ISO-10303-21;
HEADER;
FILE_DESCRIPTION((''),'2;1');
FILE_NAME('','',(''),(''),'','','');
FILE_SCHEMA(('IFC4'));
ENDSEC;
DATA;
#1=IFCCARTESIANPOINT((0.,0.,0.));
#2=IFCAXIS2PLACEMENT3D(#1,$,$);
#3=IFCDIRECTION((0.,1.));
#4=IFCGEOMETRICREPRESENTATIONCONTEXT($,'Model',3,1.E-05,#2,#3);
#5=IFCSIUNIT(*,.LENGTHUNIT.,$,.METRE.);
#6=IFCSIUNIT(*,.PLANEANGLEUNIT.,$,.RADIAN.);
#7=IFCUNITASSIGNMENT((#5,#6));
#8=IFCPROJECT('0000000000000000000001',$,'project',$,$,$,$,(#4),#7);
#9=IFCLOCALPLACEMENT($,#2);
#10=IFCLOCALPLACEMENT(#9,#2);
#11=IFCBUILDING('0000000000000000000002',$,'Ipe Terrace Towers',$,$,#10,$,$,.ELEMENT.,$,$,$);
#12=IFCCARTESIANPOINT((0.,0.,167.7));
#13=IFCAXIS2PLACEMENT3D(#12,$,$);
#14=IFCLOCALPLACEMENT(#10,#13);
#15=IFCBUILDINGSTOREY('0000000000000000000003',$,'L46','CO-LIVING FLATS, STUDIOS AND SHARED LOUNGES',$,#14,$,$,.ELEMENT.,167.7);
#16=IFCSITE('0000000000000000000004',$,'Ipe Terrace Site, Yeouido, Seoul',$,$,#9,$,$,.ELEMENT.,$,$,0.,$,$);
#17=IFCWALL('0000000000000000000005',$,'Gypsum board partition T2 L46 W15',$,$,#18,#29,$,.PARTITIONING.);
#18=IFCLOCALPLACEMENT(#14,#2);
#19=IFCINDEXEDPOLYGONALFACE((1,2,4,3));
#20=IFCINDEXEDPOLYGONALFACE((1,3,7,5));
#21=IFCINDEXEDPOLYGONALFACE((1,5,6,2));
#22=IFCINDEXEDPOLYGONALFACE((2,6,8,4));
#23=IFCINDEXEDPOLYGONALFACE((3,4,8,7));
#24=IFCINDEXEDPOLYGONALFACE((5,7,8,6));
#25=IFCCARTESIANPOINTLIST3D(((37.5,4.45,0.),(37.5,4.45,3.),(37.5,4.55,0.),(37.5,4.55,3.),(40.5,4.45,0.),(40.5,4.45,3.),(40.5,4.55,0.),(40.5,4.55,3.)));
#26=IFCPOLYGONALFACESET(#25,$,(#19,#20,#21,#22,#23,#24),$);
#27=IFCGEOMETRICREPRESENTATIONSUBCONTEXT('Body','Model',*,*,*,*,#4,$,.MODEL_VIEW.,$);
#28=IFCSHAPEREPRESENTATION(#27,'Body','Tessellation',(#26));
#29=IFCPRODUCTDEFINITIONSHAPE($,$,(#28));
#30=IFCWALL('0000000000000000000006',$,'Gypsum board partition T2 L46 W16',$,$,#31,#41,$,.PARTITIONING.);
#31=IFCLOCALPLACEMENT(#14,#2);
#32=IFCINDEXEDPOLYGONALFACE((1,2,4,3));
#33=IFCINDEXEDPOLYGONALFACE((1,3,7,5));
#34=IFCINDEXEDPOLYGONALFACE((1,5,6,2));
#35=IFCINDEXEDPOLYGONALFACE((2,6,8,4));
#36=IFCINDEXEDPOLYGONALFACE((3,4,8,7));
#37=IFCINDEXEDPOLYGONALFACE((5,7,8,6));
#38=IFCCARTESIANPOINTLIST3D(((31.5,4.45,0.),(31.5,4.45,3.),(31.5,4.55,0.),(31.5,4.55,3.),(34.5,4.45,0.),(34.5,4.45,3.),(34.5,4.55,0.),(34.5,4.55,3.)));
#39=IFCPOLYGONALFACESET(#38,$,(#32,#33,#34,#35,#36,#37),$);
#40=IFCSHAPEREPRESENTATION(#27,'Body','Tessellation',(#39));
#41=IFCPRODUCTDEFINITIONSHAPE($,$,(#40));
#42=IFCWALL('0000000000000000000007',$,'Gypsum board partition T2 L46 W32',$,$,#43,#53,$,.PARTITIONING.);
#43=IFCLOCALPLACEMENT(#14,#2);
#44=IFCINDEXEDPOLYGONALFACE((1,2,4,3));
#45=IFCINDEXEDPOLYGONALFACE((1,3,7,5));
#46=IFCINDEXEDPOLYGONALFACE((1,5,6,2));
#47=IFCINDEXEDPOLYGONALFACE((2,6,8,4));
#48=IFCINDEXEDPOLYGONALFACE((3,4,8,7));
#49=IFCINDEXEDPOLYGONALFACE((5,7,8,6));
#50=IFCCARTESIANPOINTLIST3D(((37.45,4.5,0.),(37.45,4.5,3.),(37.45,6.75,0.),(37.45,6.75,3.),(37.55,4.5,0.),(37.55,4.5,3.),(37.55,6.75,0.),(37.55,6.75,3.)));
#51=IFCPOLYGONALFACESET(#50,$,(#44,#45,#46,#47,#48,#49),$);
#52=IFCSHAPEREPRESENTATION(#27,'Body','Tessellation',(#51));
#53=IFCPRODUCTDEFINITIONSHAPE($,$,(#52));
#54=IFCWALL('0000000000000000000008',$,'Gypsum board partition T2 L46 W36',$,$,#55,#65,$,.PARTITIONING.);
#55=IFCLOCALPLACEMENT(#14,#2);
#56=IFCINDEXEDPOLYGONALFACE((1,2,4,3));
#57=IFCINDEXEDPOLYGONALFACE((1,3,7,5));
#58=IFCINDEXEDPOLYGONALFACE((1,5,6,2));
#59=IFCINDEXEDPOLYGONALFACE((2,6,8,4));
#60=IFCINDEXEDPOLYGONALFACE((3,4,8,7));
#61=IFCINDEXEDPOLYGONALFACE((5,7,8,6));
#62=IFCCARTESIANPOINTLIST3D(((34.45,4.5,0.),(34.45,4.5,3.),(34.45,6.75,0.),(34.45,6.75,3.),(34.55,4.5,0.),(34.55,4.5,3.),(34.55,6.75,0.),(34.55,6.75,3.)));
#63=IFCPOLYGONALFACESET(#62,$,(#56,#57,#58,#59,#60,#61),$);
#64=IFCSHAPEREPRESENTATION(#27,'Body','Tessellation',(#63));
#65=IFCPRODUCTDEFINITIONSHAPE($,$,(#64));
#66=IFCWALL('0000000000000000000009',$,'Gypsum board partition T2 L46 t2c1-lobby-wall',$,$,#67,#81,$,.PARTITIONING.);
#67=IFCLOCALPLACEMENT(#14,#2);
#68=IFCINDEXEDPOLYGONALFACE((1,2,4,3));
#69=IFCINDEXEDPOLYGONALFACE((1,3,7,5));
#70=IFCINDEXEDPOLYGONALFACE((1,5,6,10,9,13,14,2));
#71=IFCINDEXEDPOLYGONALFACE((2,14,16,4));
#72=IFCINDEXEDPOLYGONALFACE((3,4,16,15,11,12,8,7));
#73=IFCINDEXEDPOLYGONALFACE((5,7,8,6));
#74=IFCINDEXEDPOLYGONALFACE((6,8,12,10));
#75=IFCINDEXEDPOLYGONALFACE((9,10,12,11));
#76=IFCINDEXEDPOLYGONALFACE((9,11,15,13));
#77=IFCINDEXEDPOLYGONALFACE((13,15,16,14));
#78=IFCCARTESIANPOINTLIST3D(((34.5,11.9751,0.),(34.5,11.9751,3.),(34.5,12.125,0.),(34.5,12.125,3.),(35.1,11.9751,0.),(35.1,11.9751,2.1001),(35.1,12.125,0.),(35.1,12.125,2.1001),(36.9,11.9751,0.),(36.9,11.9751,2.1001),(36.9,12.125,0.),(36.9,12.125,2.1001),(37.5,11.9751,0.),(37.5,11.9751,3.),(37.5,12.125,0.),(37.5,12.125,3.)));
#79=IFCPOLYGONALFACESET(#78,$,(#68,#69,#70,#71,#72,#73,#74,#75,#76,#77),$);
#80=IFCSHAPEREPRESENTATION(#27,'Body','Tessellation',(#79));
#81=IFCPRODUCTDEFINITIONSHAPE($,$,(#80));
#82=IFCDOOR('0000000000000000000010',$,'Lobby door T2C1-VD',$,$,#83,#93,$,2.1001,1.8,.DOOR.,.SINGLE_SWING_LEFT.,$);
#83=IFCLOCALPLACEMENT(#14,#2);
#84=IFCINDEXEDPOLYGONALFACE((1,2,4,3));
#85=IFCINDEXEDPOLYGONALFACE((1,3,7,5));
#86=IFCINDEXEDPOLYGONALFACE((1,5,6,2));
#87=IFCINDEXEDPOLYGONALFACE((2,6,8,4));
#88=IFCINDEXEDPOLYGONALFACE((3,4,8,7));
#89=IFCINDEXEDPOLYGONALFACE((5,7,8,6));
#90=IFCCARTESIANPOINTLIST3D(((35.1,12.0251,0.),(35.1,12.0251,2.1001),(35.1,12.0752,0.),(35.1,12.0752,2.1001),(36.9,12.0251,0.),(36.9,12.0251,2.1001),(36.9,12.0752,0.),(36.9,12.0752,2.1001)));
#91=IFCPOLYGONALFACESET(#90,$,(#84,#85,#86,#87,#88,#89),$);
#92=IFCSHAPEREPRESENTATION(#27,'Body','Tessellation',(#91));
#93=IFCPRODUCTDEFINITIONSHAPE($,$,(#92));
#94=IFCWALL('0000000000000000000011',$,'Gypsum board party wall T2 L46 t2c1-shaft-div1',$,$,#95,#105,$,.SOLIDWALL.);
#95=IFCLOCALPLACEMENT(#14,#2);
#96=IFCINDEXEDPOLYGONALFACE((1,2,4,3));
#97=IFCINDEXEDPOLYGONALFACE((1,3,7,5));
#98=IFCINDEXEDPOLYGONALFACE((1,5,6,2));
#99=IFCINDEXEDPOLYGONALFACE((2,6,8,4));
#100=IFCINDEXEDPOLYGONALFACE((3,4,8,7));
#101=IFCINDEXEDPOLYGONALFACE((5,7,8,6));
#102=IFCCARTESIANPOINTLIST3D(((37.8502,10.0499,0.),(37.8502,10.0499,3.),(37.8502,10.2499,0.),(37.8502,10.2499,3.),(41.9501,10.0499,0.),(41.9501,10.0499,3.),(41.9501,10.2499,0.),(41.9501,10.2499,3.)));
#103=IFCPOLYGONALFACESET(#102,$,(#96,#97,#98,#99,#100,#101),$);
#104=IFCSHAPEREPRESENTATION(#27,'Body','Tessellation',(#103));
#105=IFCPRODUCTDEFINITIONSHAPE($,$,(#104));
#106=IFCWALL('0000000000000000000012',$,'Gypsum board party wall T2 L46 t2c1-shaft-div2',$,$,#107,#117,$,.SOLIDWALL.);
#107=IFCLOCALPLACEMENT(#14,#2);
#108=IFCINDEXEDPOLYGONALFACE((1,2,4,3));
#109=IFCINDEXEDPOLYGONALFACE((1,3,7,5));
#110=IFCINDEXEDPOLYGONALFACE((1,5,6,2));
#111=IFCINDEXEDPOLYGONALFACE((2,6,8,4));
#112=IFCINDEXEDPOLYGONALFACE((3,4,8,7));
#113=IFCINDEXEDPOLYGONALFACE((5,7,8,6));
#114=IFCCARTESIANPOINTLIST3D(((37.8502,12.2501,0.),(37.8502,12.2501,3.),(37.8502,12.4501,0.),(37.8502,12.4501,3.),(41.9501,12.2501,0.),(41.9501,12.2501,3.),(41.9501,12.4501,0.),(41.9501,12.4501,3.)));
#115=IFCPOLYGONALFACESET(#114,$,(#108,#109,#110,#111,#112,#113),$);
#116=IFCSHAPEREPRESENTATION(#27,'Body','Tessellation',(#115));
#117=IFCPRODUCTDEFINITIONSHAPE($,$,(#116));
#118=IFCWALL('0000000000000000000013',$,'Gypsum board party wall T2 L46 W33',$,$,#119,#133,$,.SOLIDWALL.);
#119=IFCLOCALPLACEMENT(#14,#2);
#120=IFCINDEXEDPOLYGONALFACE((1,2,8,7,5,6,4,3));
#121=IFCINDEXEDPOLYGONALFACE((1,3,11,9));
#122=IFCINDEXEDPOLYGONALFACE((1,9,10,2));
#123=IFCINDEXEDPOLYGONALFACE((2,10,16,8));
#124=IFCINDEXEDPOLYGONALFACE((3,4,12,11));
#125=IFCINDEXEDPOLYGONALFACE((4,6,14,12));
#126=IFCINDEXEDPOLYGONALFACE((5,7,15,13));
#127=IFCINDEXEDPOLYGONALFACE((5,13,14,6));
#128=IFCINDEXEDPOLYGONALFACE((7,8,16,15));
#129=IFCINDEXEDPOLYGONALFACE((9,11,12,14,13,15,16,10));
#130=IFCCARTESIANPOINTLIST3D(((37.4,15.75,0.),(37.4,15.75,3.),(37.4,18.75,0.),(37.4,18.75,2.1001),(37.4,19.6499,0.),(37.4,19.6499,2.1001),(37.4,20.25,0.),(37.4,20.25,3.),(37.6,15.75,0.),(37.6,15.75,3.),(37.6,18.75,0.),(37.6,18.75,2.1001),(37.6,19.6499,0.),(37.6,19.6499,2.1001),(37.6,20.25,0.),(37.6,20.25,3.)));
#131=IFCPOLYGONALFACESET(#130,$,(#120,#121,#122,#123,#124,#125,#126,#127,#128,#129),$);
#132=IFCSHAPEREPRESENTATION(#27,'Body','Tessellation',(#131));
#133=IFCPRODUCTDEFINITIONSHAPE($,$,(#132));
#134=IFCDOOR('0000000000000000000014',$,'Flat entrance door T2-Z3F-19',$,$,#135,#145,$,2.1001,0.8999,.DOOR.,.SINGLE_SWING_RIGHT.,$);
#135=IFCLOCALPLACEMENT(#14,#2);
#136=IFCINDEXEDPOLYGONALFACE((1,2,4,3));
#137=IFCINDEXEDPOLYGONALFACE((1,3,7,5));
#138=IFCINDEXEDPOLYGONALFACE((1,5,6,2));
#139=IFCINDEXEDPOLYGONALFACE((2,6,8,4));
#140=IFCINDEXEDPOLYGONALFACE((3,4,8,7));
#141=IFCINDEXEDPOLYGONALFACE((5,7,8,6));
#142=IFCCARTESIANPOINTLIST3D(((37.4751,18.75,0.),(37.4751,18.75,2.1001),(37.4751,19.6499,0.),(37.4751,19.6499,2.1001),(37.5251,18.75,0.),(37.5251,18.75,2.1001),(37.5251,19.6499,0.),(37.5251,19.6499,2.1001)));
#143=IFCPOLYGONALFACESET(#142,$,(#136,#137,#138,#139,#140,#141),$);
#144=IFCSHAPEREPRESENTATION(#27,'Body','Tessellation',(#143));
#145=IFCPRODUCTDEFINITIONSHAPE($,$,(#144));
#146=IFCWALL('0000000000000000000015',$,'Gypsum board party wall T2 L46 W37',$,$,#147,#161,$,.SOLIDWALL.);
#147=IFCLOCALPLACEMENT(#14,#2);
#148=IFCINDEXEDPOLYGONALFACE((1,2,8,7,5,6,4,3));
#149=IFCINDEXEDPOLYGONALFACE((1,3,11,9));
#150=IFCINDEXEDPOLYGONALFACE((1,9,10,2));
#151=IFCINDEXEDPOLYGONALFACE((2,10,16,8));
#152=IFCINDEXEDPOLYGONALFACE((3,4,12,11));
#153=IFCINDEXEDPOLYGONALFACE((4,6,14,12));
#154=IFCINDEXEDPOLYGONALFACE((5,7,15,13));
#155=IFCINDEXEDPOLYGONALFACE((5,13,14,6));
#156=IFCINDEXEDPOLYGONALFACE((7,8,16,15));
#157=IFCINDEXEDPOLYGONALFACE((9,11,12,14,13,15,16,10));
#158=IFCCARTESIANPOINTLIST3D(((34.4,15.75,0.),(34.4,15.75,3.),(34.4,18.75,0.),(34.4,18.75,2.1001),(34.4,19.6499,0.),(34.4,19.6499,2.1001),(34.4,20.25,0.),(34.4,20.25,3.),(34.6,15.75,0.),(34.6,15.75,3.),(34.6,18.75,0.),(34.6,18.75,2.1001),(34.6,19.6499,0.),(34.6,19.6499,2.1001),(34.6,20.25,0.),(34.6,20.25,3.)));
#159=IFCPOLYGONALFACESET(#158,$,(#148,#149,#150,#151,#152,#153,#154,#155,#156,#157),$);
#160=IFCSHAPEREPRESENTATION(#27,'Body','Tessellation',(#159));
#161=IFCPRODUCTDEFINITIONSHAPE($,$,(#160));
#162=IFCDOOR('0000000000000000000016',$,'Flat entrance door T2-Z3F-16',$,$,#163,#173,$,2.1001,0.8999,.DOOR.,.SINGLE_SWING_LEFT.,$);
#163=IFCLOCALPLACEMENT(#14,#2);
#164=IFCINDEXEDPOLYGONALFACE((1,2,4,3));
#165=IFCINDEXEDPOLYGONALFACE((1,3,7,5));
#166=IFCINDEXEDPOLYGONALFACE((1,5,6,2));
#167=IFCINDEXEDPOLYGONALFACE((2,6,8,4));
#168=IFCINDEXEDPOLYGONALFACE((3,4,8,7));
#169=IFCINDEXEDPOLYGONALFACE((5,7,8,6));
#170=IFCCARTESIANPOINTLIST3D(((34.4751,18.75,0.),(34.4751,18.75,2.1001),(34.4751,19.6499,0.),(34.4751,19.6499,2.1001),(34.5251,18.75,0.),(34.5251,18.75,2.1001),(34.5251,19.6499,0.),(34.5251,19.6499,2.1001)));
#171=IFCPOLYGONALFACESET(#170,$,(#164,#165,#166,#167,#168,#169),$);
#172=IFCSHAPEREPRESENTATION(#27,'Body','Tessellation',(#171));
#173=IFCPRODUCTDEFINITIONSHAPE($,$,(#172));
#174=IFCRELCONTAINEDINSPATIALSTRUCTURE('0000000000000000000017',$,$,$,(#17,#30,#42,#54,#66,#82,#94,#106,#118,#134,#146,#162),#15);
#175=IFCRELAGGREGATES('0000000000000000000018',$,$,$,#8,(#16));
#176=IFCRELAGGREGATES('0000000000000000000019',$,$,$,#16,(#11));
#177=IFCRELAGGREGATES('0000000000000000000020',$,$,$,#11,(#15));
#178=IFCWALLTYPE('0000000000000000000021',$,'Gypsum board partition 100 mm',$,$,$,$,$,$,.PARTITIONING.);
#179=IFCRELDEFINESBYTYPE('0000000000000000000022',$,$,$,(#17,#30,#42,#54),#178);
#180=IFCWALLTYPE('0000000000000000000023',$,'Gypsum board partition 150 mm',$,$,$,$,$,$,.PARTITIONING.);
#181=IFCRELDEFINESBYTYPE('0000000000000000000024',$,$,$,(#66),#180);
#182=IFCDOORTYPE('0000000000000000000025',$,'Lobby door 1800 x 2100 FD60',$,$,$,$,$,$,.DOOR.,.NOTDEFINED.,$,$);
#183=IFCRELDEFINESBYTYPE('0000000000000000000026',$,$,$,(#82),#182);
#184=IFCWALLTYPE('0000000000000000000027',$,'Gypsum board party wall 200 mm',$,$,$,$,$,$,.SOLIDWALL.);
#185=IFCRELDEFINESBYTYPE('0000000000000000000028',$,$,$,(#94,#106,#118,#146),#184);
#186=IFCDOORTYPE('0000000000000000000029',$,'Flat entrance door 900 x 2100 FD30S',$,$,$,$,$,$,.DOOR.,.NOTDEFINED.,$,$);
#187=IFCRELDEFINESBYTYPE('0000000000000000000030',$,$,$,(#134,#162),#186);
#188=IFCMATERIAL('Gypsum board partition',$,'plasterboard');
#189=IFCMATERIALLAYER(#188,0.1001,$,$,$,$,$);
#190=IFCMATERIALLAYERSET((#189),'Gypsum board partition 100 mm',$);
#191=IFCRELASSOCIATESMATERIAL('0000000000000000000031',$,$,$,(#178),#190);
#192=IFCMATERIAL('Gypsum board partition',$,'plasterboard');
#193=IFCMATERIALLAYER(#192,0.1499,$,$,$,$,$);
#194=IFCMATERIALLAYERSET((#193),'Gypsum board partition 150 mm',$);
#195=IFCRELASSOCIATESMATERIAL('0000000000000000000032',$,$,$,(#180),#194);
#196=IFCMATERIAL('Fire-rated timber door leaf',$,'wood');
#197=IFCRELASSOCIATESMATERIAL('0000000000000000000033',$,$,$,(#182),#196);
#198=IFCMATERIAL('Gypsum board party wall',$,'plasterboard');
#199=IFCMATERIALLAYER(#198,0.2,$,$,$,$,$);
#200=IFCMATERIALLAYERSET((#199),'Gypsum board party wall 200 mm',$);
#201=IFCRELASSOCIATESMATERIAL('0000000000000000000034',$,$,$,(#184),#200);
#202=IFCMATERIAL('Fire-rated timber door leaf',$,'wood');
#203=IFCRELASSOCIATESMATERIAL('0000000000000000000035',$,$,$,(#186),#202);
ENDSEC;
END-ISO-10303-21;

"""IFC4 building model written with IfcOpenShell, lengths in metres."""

from ifc_helpers import new_model, si_unit, direction, frame, frame_2d, origin, place, context, subcontext, project, spatial, rectangle, extrude, material, layer, layer_set, type_object, element, fill, save


model = new_model("IFC4")

# Units and contexts
model_context = context("Model", 3, precision=1e-05, world=origin(), true_north=direction((0.0, 1.0)))
body_context = subcontext(model_context, "Body", "Model", "MODEL_VIEW")
ifc_project = project(units=[si_unit("LENGTHUNIT", "METRE"), si_unit("PLANEANGLEUNIT", "RADIAN")], contexts=[model_context])

# Site, building, storey
site_placement = place(None, origin())
site = spatial("IfcSite", under=ifc_project, at=site_placement, Name="Ipe Terrace Site, Yeouido, Seoul", CompositionType="ELEMENT", RefElevation=0.0)
building_placement = place(site_placement, origin())
building = spatial("IfcBuilding", under=site, at=building_placement, Name="Ipe Terrace Towers", CompositionType="ELEMENT")
storey_placement = place(building_placement, frame((0.0, 0.0, 167.7)))
storey = spatial("IfcBuildingStorey", under=building, at=storey_placement, Name="L46", Description="CO-LIVING FLATS, STUDIOS AND SHARED LOUNGES", CompositionType="ELEMENT", Elevation=167.7)

# Walls
ifc_material_1 = material(Name="Gypsum board partition", Category="plasterboard")
ifc_layer_1 = layer(ifc_material_1, 0.1001)
ifc_layer_set_1 = layer_set([ifc_layer_1], Name="Gypsum board partition 100 mm")
wall_type_1 = type_object("IfcWallType", Name="Gypsum board partition 100 mm", PredefinedType="PARTITIONING", material=ifc_layer_set_1)
for number, where, z_axis, x_axis, name in (
    (1, (40.5, 4.5, 0.0), (0.0, 0.0, 1.0), (-1.0, 0.0, 0.0), "Gypsum board partition T2 L46 W15"),
    (2, (34.5, 4.5, 0.0), (0.0, 0.0, 1.0), (-1.0, 0.0, 0.0), "Gypsum board partition T2 L46 W16"),
):
    element("IfcWall", number, at=place(storey_placement, frame(where, z_axis=z_axis, x_axis=x_axis)), inside=storey, type_object=wall_type_1, Name=name, PredefinedType="PARTITIONING", context=body_context, shape_type="SweptSolid", body=[
        extrude(rectangle(XDim=3.0, YDim=0.1001, at=frame_2d((1.5, 0.0))), origin(), (0.0, 0.0, 1.0), 3.0),
    ])
for number, where, z_axis, x_axis, name in (
    (3, (37.5, 4.5, 0.0), (0.0, 0.0, 1.0), (0.0, 1.0, 0.0), "Gypsum board partition T2 L46 W32"),
    (4, (34.5, 4.5, 0.0), (0.0, 0.0, 1.0), (0.0, 1.0, 0.0), "Gypsum board partition T2 L46 W36"),
):
    element("IfcWall", number, at=place(storey_placement, frame(where, z_axis=z_axis, x_axis=x_axis)), inside=storey, type_object=wall_type_1, Name=name, PredefinedType="PARTITIONING", context=body_context, shape_type="SweptSolid", body=[
        extrude(rectangle(XDim=2.25, YDim=0.1001, at=frame_2d((1.125, 0.0))), origin(), (0.0, 0.0, 1.0), 3.0),
    ])

# Wall, opening, door
ifc_material_2 = material(Name="Gypsum board partition", Category="plasterboard")
ifc_layer_2 = layer(ifc_material_2, 0.1499)
ifc_layer_set_2 = layer_set([ifc_layer_2], Name="Gypsum board partition 150 mm")
wall_type_2 = type_object("IfcWallType", Name="Gypsum board partition 150 mm", PredefinedType="PARTITIONING", material=ifc_layer_set_2)
wall_1_placement = place(storey_placement, frame((37.5, 12.05, 0.0), z_axis=(0.0, 0.0, 1.0), x_axis=(-1.0, 0.0, 0.0)))
wall_1 = element("IfcWall", 5, at=wall_1_placement, inside=storey, type_object=wall_type_2, Name="Gypsum board partition T2 L46 t2c1-lobby-wall", PredefinedType="PARTITIONING", context=body_context, shape_type="SweptSolid", body=[
    extrude(rectangle(XDim=3.0, YDim=0.1499, at=frame_2d((1.5, 0.0))), origin(), (0.0, 0.0, 1.0), 3.0),
])
opening_1_placement = place(wall_1_placement, frame((0.6001, 0.0, 0.0)))
opening_1 = element("IfcOpeningElement", 6, at=opening_1_placement, cuts=wall_1, PredefinedType="OPENING", context=body_context, shape_type="SweptSolid", body=[
    extrude(rectangle(XDim=1.8, YDim=2.1001, at=frame_2d((0.8999, 1.05))), frame((0.0, 0.085, 0.0), z_axis=(0.0, -1.0, 0.0), x_axis=(1.0, 0.0, 0.0)), (0.0, 0.0, 1.0), 0.1699),
])
ifc_material_3 = material(Name="Fire-rated timber door leaf", Category="wood")
door_type_1 = type_object("IfcDoorType", Name="Lobby door 1800 x 2100 FD60", OperationType="NOTDEFINED", PredefinedType="DOOR", material=ifc_material_3)
door_1_placement = place(opening_1_placement, origin())
door_1 = element("IfcDoor", 7, at=door_1_placement, inside=storey, type_object=door_type_1, Name="Lobby door T2C1-VD", OperationType="SINGLE_SWING_LEFT", OverallHeight=2.1001, OverallWidth=1.8, PredefinedType="DOOR", context=body_context, shape_type="SweptSolid", body=[
    extrude(rectangle(XDim=1.8, YDim=2.1001, at=frame_2d((0.8999, 1.05))), frame((0.0, 0.0249, 0.0), z_axis=(0.0, -1.0, 0.0), x_axis=(1.0, 0.0, 0.0)), (0.0, 0.0, 1.0), 0.05),
])
fill(opening_1, door_1)

# Walls
ifc_material_4 = material(Name="Gypsum board party wall", Category="plasterboard")
ifc_layer_3 = layer(ifc_material_4, 0.2)
ifc_layer_set_3 = layer_set([ifc_layer_3], Name="Gypsum board party wall 200 mm")
wall_type_3 = type_object("IfcWallType", Name="Gypsum board party wall 200 mm", PredefinedType="SOLIDWALL", material=ifc_layer_set_3)
for number, where, z_axis, x_axis, name in (
    (8, (41.95, 10.1499, 0.0), (0.0, 0.0, 1.0), (-1.0, 0.0, 0.0), "Gypsum board party wall T2 L46 t2c1-shaft-div1"),
    (9, (41.95, 12.3501, 0.0), (0.0, 0.0, 1.0), (-1.0, 0.0, 0.0), "Gypsum board party wall T2 L46 t2c1-shaft-div2"),
):
    element("IfcWall", number, at=place(storey_placement, frame(where, z_axis=z_axis, x_axis=x_axis)), inside=storey, type_object=wall_type_3, Name=name, PredefinedType="SOLIDWALL", context=body_context, shape_type="SweptSolid", body=[
        extrude(rectangle(XDim=4.0999, YDim=0.2, at=frame_2d((2.0498, 0.0))), origin(), (0.0, 0.0, 1.0), 3.0),
    ])

# Walls, openings, doors
wall_2_placement = place(storey_placement, frame((37.5, 15.75, 0.0), z_axis=(0.0, 0.0, 1.0), x_axis=(0.0, 1.0, 0.0)))
wall_2 = element("IfcWall", 10, at=wall_2_placement, inside=storey, type_object=wall_type_3, Name="Gypsum board party wall T2 L46 W33", PredefinedType="SOLIDWALL", context=body_context, shape_type="SweptSolid", body=[
    extrude(rectangle(XDim=4.5, YDim=0.2, at=frame_2d((2.25, 0.0))), origin(), (0.0, 0.0, 1.0), 3.0),
])
opening_2_placement = place(wall_2_placement, frame((3.0, 0.0, 0.0)))
opening_2 = element("IfcOpeningElement", 11, at=opening_2_placement, cuts=wall_2, PredefinedType="OPENING", context=body_context, shape_type="SweptSolid", body=[
    extrude(rectangle(XDim=0.8999, YDim=2.1001, at=frame_2d((0.45, 1.05))), frame((0.0, 0.1099, 0.0), z_axis=(0.0, -1.0, 0.0), x_axis=(1.0, 0.0, 0.0)), (0.0, 0.0, 1.0), 0.22),
])
ifc_material_5 = material(Name="Fire-rated timber door leaf", Category="wood")
door_type_2 = type_object("IfcDoorType", Name="Flat entrance door 900 x 2100 FD30S", OperationType="NOTDEFINED", PredefinedType="DOOR", material=ifc_material_5)
door_2_placement = place(opening_2_placement, origin())
door_2 = element("IfcDoor", 12, at=door_2_placement, inside=storey, type_object=door_type_2, Name="Flat entrance door T2-Z3F-19", OperationType="SINGLE_SWING_RIGHT", OverallHeight=2.1001, OverallWidth=0.8999, PredefinedType="DOOR", context=body_context, shape_type="SweptSolid", body=[
    extrude(rectangle(XDim=0.8999, YDim=2.1001, at=frame_2d((0.45, 1.05))), frame((0.0, 0.0249, 0.0), z_axis=(0.0, -1.0, 0.0), x_axis=(1.0, 0.0, 0.0)), (0.0, 0.0, 1.0), 0.05),
])
fill(opening_2, door_2)
wall_3_placement = place(storey_placement, frame((34.5, 15.75, 0.0), z_axis=(0.0, 0.0, 1.0), x_axis=(0.0, 1.0, 0.0)))
wall_3 = element("IfcWall", 13, at=wall_3_placement, inside=storey, type_object=wall_type_3, Name="Gypsum board party wall T2 L46 W37", PredefinedType="SOLIDWALL", context=body_context, shape_type="SweptSolid", body=[
    extrude(rectangle(XDim=4.5, YDim=0.2, at=frame_2d((2.25, 0.0))), origin(), (0.0, 0.0, 1.0), 3.0),
])
opening_3_placement = place(wall_3_placement, frame((3.0, 0.0, 0.0)))
opening_3 = element("IfcOpeningElement", 14, at=opening_3_placement, cuts=wall_3, PredefinedType="OPENING", context=body_context, shape_type="SweptSolid", body=[
    extrude(rectangle(XDim=0.8999, YDim=2.1001, at=frame_2d((0.45, 1.05))), frame((0.0, 0.1099, 0.0), z_axis=(0.0, -1.0, 0.0), x_axis=(1.0, 0.0, 0.0)), (0.0, 0.0, 1.0), 0.22),
])
door_3_placement = place(opening_3_placement, origin())
door_3 = element("IfcDoor", 15, at=door_3_placement, inside=storey, type_object=door_type_2, Name="Flat entrance door T2-Z3F-16", OperationType="SINGLE_SWING_LEFT", OverallHeight=2.1001, OverallWidth=0.8999, PredefinedType="DOOR", context=body_context, shape_type="SweptSolid", body=[
    extrude(rectangle(XDim=0.8999, YDim=2.1001, at=frame_2d((0.45, 1.05))), frame((0.0, 0.0249, 0.0), z_axis=(0.0, -1.0, 0.0), x_axis=(1.0, 0.0, 0.0)), (0.0, 0.0, 1.0), 0.05),
])
fill(opening_3, door_3)

save(model, "model.ifc")
